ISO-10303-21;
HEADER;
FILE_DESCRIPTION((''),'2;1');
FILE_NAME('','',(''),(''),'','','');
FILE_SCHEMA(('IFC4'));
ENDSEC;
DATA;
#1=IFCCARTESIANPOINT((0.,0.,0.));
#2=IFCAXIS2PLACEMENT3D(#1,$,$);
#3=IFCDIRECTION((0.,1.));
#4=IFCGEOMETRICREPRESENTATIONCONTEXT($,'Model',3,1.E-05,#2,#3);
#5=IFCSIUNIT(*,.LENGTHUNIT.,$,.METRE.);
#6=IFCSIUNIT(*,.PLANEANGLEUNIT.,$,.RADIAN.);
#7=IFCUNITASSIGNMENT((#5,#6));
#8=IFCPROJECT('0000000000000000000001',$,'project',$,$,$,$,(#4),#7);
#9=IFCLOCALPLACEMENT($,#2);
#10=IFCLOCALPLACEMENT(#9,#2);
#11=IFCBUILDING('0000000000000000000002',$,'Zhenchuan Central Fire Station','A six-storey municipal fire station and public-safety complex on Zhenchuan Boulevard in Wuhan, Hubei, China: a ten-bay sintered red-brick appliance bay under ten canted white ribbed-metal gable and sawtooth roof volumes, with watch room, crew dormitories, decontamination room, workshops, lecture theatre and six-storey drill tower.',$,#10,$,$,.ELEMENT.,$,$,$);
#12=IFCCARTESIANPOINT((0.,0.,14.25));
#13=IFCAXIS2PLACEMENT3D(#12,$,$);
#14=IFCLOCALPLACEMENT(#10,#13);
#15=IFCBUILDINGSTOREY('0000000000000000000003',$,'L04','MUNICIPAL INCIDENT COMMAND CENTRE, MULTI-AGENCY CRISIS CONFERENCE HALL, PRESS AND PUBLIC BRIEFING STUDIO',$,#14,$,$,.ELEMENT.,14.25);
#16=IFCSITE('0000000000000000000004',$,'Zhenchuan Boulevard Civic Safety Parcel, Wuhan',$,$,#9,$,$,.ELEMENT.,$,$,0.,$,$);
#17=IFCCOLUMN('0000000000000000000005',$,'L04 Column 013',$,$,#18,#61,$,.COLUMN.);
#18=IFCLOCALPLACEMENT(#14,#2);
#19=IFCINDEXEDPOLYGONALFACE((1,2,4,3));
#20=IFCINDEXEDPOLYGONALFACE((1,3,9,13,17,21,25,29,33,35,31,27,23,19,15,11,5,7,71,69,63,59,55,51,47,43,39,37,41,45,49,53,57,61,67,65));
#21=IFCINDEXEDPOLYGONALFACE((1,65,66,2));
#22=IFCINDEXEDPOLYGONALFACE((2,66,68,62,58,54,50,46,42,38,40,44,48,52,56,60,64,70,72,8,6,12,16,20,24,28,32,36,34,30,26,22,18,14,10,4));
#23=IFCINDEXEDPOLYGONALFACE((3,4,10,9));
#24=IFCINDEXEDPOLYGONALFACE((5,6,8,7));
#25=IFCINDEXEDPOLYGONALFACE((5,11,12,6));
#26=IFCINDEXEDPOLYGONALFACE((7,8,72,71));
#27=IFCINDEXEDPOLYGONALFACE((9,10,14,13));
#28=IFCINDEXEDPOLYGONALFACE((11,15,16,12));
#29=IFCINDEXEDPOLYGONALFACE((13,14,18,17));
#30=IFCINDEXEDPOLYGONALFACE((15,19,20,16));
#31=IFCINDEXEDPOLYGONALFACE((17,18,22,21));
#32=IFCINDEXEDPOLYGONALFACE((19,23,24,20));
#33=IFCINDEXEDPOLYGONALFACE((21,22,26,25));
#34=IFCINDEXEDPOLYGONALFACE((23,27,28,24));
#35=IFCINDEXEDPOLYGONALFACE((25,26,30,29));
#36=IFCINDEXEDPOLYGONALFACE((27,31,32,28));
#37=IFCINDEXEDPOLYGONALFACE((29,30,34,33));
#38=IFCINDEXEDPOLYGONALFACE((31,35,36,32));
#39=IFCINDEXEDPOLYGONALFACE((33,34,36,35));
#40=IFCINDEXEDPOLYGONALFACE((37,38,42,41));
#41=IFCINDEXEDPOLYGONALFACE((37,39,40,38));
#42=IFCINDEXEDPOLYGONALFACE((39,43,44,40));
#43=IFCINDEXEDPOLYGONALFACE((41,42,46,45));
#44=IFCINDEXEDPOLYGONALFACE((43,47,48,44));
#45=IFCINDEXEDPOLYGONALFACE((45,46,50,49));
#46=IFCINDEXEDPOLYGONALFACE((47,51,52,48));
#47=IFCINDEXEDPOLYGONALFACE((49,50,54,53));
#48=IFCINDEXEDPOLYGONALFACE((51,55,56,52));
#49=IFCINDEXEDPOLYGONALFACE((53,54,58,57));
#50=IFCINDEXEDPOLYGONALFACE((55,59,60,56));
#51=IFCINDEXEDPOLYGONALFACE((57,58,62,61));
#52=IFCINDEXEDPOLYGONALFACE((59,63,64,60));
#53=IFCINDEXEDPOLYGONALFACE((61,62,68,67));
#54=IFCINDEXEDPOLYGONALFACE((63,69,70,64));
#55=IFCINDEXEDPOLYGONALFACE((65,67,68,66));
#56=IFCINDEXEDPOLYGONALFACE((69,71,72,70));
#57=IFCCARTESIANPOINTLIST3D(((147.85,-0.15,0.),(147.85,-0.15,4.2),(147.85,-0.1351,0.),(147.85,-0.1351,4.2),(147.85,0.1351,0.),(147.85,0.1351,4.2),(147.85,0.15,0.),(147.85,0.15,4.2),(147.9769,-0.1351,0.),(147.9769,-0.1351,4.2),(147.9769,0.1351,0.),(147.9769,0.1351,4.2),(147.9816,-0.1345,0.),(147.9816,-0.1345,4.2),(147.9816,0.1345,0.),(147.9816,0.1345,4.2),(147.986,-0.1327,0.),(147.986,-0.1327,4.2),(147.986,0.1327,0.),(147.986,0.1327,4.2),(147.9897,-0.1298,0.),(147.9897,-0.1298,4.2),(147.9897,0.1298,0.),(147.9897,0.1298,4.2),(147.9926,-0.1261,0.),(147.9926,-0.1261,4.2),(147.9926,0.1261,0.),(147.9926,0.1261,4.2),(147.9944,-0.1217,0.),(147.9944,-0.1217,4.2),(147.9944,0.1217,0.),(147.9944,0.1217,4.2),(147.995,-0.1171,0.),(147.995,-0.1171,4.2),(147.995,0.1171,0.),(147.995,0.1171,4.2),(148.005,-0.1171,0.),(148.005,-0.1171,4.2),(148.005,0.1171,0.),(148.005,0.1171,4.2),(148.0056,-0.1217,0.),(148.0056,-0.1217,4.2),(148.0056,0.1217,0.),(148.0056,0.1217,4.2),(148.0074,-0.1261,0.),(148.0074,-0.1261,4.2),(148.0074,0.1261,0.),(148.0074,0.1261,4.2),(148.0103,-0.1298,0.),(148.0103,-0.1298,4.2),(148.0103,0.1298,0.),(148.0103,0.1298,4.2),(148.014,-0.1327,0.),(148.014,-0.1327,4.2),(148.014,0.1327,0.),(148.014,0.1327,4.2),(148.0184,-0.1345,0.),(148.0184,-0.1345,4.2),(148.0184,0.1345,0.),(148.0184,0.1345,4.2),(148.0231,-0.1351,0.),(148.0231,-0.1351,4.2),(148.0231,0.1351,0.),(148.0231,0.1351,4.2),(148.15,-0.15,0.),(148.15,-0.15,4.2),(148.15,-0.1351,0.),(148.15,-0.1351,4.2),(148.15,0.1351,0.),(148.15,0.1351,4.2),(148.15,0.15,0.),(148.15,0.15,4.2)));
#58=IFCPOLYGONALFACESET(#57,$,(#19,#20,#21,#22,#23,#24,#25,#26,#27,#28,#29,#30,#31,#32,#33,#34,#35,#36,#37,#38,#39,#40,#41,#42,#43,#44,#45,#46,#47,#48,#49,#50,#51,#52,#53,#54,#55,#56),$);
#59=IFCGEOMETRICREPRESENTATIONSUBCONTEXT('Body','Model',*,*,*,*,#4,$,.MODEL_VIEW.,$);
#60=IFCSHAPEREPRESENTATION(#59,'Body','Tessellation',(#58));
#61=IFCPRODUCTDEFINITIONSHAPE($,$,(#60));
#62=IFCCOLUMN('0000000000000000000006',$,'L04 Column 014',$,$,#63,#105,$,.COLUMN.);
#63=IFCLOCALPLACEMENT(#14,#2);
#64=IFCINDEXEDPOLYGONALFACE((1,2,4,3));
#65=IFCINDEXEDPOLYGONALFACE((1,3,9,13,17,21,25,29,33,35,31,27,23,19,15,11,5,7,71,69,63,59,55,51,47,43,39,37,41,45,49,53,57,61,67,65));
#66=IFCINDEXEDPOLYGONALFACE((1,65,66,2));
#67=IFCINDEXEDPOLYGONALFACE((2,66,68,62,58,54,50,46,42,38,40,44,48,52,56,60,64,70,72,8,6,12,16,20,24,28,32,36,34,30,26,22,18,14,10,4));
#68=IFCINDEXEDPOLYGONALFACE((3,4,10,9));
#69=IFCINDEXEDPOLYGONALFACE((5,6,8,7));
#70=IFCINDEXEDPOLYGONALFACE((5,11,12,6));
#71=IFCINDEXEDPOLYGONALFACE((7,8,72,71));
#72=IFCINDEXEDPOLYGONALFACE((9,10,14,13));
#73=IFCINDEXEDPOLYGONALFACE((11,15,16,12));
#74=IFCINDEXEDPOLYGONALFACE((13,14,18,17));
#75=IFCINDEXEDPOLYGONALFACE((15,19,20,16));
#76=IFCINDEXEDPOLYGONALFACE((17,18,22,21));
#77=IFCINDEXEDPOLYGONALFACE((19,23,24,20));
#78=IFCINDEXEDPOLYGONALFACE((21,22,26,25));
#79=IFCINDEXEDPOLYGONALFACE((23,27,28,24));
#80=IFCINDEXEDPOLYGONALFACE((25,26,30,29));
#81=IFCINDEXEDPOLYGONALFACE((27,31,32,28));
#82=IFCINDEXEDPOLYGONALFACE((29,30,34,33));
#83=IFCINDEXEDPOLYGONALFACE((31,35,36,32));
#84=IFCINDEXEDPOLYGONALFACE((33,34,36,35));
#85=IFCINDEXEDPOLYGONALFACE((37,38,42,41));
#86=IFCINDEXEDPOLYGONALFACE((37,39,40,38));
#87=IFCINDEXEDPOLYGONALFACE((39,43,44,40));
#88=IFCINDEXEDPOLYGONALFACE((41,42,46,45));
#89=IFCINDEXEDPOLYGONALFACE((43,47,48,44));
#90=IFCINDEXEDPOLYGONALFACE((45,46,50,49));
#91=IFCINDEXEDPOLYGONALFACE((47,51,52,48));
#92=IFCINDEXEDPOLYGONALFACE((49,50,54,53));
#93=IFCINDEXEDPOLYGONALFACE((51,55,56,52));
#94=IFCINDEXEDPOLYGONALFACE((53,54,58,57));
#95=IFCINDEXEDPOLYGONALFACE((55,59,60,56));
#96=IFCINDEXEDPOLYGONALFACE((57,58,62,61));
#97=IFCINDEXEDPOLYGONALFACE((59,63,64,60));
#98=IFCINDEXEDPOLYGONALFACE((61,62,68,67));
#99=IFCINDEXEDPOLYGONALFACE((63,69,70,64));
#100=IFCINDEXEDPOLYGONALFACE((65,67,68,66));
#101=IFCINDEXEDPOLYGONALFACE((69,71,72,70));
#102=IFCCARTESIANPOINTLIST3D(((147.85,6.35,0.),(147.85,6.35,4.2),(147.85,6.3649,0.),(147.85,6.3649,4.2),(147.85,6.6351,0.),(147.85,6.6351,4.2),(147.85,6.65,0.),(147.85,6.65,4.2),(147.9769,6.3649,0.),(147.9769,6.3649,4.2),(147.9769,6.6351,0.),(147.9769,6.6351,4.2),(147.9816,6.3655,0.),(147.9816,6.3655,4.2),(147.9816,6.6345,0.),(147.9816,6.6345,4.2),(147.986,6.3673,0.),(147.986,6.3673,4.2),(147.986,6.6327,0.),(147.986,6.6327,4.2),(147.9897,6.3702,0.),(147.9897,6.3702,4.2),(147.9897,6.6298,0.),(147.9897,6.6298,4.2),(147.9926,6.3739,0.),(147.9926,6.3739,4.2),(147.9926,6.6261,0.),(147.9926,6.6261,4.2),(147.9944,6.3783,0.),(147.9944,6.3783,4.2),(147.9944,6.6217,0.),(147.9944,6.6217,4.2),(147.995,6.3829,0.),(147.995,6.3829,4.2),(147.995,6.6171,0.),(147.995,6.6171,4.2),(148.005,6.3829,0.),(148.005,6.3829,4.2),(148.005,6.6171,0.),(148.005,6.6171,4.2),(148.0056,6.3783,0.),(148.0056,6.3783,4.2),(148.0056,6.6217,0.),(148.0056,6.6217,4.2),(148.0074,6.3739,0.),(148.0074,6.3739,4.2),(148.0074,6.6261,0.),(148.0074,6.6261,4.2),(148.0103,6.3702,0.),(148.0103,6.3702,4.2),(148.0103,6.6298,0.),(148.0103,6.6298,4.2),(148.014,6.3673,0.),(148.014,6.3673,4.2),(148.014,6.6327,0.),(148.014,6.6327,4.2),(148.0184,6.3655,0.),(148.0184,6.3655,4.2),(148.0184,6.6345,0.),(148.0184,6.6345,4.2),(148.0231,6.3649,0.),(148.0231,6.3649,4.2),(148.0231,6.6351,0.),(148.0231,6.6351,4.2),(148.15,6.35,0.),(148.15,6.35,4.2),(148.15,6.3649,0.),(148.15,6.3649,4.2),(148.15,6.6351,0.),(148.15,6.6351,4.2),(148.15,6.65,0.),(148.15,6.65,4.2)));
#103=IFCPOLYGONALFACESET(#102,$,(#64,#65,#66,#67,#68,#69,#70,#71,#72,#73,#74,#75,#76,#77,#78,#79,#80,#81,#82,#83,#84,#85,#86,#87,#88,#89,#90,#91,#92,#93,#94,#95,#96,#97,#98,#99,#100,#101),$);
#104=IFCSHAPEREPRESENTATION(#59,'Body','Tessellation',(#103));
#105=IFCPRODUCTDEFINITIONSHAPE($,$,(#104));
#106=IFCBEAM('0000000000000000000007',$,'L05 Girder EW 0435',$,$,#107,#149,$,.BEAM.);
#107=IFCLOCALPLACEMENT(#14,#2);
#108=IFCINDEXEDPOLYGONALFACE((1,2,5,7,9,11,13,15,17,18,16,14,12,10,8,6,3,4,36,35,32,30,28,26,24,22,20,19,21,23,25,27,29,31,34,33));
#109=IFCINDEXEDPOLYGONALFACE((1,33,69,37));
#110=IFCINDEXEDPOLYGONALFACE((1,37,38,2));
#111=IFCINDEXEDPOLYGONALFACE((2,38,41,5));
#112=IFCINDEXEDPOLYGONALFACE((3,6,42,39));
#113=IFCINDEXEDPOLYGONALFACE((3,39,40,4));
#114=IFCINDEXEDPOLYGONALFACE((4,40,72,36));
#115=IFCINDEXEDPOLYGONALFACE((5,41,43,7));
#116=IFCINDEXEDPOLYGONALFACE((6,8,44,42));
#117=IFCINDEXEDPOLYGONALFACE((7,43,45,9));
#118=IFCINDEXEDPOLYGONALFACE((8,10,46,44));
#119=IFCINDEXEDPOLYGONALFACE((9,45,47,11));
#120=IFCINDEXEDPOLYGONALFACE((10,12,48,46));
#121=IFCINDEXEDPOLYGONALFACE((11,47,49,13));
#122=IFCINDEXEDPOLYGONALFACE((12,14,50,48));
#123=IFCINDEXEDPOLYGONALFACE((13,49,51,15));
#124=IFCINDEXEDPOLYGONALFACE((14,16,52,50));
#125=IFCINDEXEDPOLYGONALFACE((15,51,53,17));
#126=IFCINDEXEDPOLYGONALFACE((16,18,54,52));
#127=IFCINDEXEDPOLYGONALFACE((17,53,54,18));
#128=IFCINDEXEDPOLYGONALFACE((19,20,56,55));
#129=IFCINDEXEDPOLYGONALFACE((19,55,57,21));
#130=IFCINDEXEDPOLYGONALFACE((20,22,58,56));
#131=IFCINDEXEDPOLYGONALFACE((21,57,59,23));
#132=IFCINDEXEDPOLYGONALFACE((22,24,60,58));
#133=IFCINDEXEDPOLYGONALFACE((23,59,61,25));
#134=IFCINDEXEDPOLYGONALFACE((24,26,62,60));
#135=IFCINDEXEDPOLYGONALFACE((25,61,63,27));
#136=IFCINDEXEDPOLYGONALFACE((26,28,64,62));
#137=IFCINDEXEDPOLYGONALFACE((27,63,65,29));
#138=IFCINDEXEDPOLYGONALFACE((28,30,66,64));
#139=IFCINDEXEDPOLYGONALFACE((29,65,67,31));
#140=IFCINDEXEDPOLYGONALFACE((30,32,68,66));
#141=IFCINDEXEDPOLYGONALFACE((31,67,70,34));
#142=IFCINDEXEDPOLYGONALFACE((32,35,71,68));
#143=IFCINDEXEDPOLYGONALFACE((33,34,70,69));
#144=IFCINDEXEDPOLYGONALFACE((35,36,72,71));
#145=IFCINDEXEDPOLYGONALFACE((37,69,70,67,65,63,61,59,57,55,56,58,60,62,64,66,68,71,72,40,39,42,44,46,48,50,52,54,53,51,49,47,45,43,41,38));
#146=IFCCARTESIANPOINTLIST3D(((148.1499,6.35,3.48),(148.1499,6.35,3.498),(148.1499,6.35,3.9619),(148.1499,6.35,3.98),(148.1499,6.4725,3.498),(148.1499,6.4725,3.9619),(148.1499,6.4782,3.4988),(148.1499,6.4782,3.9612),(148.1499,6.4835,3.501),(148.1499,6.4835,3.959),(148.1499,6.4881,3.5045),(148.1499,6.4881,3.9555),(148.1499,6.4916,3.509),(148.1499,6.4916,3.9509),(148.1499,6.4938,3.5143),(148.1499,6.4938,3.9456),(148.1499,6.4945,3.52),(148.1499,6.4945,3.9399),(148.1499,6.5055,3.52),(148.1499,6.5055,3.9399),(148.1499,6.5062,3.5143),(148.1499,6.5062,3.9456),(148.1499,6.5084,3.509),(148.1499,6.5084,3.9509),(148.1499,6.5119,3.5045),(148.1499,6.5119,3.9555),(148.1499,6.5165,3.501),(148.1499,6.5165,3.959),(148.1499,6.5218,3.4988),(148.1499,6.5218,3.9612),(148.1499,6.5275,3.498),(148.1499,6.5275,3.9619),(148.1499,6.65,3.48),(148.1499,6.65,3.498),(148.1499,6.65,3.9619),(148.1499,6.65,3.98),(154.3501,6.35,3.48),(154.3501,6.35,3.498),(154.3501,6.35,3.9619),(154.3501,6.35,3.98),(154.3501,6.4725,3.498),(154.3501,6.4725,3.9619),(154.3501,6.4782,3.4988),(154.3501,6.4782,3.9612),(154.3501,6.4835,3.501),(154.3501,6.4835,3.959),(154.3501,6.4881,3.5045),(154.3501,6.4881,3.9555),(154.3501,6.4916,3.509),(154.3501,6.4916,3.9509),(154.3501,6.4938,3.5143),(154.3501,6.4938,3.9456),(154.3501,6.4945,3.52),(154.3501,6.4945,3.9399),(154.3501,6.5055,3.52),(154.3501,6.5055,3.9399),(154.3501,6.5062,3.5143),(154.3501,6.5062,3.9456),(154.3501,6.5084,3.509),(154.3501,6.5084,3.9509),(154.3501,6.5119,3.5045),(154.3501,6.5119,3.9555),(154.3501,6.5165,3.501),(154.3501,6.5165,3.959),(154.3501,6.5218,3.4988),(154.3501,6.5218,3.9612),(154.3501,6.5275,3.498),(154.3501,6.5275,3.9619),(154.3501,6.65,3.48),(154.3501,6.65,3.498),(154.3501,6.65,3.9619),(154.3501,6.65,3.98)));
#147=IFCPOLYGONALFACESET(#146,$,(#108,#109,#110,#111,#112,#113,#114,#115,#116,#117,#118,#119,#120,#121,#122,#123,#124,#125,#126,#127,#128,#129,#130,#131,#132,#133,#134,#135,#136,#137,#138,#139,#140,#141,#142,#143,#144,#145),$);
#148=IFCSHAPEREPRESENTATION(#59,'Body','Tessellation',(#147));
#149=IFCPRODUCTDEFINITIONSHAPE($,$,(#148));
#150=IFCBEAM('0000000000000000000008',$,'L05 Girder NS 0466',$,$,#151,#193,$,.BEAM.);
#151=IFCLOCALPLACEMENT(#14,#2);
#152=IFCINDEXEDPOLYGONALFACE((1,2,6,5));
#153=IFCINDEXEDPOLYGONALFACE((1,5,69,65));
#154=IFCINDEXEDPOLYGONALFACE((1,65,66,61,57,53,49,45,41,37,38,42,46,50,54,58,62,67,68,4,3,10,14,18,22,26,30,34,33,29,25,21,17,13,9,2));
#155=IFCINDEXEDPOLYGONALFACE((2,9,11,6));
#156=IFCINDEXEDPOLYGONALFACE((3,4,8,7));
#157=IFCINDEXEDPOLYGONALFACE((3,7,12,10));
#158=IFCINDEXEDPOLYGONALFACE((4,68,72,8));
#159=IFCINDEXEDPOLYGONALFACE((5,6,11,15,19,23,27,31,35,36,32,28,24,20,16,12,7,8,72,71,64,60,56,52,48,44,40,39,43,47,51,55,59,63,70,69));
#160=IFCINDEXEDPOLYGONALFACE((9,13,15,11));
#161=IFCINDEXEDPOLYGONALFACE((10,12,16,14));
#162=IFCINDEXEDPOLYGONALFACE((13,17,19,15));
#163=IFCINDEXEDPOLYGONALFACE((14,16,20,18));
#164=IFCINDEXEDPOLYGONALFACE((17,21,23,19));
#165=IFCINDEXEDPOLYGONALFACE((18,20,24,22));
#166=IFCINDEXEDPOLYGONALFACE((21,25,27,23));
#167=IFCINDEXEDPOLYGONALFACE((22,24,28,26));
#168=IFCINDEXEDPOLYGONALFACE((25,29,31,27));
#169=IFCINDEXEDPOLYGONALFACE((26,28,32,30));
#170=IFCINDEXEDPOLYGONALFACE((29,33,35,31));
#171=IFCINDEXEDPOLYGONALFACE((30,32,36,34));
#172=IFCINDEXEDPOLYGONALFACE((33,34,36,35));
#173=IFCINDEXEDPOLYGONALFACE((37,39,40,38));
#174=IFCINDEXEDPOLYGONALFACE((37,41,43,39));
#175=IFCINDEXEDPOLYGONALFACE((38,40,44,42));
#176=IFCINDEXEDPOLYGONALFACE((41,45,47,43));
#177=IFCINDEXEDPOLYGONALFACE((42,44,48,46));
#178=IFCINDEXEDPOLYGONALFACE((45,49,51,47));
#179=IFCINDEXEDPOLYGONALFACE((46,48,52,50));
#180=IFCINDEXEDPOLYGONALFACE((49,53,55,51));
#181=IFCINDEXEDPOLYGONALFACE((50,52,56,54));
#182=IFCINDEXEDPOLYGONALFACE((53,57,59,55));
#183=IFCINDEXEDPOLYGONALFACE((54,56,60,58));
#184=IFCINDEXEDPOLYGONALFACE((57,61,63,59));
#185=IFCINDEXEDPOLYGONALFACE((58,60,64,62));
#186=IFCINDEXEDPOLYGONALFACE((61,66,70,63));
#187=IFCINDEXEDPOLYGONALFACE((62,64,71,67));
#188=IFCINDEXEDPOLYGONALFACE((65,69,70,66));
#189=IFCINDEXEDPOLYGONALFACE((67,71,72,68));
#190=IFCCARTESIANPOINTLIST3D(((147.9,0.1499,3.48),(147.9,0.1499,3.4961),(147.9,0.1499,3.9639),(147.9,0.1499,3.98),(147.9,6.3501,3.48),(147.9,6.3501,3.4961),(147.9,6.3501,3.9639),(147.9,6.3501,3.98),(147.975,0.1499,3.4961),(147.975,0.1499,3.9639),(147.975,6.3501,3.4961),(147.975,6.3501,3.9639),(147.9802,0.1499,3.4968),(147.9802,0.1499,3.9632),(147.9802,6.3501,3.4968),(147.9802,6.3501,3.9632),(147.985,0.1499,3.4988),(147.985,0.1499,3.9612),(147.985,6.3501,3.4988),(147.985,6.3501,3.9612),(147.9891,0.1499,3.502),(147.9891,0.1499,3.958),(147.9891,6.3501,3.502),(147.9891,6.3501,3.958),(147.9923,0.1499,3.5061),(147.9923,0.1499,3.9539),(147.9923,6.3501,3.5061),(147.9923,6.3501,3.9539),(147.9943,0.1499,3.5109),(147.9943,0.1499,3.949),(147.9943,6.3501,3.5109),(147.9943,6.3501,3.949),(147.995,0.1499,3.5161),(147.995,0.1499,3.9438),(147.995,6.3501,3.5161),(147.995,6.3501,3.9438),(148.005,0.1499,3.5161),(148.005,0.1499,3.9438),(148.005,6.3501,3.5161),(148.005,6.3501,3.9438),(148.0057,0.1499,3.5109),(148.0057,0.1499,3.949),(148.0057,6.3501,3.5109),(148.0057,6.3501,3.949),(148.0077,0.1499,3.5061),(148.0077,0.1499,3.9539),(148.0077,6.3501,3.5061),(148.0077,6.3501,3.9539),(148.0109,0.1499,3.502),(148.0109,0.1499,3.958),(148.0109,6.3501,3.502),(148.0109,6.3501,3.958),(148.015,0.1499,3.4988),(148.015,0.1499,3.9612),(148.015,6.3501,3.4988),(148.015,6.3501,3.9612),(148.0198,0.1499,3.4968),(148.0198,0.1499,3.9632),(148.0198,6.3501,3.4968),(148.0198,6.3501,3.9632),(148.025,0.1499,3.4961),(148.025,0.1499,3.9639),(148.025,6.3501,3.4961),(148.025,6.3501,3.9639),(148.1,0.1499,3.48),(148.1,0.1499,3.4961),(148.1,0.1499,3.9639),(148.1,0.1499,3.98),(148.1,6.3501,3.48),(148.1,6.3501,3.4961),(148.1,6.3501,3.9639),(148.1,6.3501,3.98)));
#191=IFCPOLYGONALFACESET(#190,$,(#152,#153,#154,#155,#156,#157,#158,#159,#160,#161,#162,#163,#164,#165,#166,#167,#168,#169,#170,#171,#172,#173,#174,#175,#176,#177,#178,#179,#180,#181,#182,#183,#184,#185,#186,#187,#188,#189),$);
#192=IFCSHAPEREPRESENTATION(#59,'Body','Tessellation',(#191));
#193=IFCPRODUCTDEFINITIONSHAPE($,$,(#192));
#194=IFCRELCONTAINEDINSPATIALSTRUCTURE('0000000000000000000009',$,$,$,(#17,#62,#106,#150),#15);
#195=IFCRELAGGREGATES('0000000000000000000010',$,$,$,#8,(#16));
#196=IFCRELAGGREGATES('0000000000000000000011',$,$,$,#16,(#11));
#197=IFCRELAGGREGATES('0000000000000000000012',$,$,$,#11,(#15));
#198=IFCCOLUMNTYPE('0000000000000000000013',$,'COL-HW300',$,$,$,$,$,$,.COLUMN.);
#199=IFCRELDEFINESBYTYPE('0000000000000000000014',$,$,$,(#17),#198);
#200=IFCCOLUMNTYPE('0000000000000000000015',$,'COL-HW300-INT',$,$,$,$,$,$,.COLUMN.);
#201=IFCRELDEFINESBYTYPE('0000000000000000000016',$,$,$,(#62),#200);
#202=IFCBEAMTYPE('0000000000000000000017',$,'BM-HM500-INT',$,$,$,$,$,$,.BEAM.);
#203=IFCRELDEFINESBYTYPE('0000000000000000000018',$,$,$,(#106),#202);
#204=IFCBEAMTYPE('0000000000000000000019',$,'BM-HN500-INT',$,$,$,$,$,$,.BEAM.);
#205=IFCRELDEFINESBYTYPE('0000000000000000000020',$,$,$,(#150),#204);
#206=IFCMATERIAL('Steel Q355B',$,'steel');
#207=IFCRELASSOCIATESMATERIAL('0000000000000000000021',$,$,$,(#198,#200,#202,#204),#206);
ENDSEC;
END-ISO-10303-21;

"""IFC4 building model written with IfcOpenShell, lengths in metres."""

from ifc_helpers import new_model, si_unit, direction, frame, origin, origin_2d, place, context, subcontext, project, spatial, i_section, extrude, material, material_profile, profile_set, type_object, element, save


model = new_model("IFC4")

# Units and contexts
model_context = context("Model", 3, precision=1e-05, world=origin(), true_north=direction((0.0, 1.0)))
body_context = subcontext(model_context, "Body", "Model", "MODEL_VIEW")
ifc_project = project(units=[si_unit("LENGTHUNIT", "METRE"), si_unit("PLANEANGLEUNIT", "RADIAN")], contexts=[model_context])

# Site, building, storey
site_placement = place(None, origin())
site = spatial("IfcSite", under=ifc_project, at=site_placement, Name="Zhenchuan Boulevard Civic Safety Parcel, Wuhan", CompositionType="ELEMENT", RefElevation=0.0)
building_placement = place(site_placement, origin())
building = spatial("IfcBuilding", under=site, at=building_placement, Name="Zhenchuan Central Fire Station", Description="A six-storey municipal fire station and public-safety complex on Zhenchuan Boulevard in Wuhan, Hubei, China: a ten-bay sintered red-brick appliance bay under ten canted white ribbed-metal gable and sawtooth roof volumes, with watch room, crew dormitories, decontamination room, workshops, lecture theatre and six-storey drill tower.", CompositionType="ELEMENT")
storey_placement = place(building_placement, frame((0.0, 0.0, 14.25)))
storey = spatial("IfcBuildingStorey", under=building, at=storey_placement, Name="L04", Description="MUNICIPAL INCIDENT COMMAND CENTRE, MULTI-AGENCY CRISIS CONFERENCE HALL, PRESS AND PUBLIC BRIEFING STUDIO", CompositionType="ELEMENT", Elevation=14.25)

# Columns
ifc_material_1 = material(Name="Steel Q355B", Category="steel")
ifc_material_profile_1 = material_profile(ifc_material_1, i_section(OverallWidth=0.3, OverallDepth=0.3, WebThickness=0.01, FlangeThickness=0.0149, FilletRadius=0.0181, at=origin_2d()), Name="HW 300x300")
ifc_profile_set_1 = profile_set([ifc_material_profile_1], Name="Steel Q355B")
column_type_1 = type_object("IfcColumnType", Name="COL-HW300", PredefinedType="COLUMN", material=ifc_profile_set_1)
column_1_placement = place(storey_placement, frame((148.0, 0.0, 0.0), z_axis=(0.0, 0.0, 1.0), x_axis=(1.0, 0.0, 0.0)))
element("IfcColumn", 1, at=column_1_placement, inside=storey, type_object=column_type_1, Name="L04 Column 013", PredefinedType="COLUMN", context=body_context, shape_type="SweptSolid", body=[
    extrude(i_section(OverallWidth=0.3, OverallDepth=0.3, WebThickness=0.01, FlangeThickness=0.0149, FilletRadius=0.0181, at=origin_2d()), origin(), (0.0, 0.0, 1.0), 4.2),
])
ifc_material_profile_2 = material_profile(ifc_material_1, i_section(OverallWidth=0.3, OverallDepth=0.3, WebThickness=0.01, FlangeThickness=0.0149, FilletRadius=0.0181, at=origin_2d()), Name="HW 300x300")
ifc_profile_set_2 = profile_set([ifc_material_profile_2], Name="Steel Q355B")
column_type_2 = type_object("IfcColumnType", Name="COL-HW300-INT", PredefinedType="COLUMN", material=ifc_profile_set_2)
column_2_placement = place(storey_placement, frame((148.0, 6.5, 0.0), z_axis=(0.0, 0.0, 1.0), x_axis=(1.0, 0.0, 0.0)))
element("IfcColumn", 2, at=column_2_placement, inside=storey, type_object=column_type_2, Name="L04 Column 014", PredefinedType="COLUMN", context=body_context, shape_type="SweptSolid", body=[
    extrude(i_section(OverallWidth=0.3, OverallDepth=0.3, WebThickness=0.01, FlangeThickness=0.0149, FilletRadius=0.0181, at=origin_2d()), origin(), (0.0, 0.0, 1.0), 4.2),
])

# Beams
ifc_material_profile_3 = material_profile(ifc_material_1, i_section(OverallWidth=0.3, OverallDepth=0.5, WebThickness=0.011, FlangeThickness=0.0181, FilletRadius=0.022, at=origin_2d()), Name="HM 500x300")
ifc_profile_set_3 = profile_set([ifc_material_profile_3], Name="Steel Q355B")
beam_type_1 = type_object("IfcBeamType", Name="BM-HM500-INT", PredefinedType="BEAM", material=ifc_profile_set_3)
beam_1_placement = place(storey_placement, frame((148.1499, 6.5, 3.73), z_axis=(1.0, 0.0, 0.0), x_axis=(0.0, 1.0, 0.0)))
element("IfcBeam", 3, at=beam_1_placement, inside=storey, type_object=beam_type_1, Name="L05 Girder EW 0435", PredefinedType="BEAM", context=body_context, shape_type="SweptSolid", body=[
    extrude(i_section(OverallWidth=0.3, OverallDepth=0.5, WebThickness=0.011, FlangeThickness=0.0181, FilletRadius=0.022, at=origin_2d()), origin(), (0.0, 0.0, 1.0), 6.2002),
])
ifc_material_profile_4 = material_profile(ifc_material_1, i_section(OverallWidth=0.2, OverallDepth=0.5, WebThickness=0.01, FlangeThickness=0.0161, FilletRadius=0.02, at=origin_2d()), Name="HN 500x200")
ifc_profile_set_4 = profile_set([ifc_material_profile_4], Name="Steel Q355B")
beam_type_2 = type_object("IfcBeamType", Name="BM-HN500-INT", PredefinedType="BEAM", material=ifc_profile_set_4)
beam_2_placement = place(storey_placement, frame((148.0, 0.1499, 3.73), z_axis=(0.0, 1.0, 0.0), x_axis=(-1.0, 0.0, 0.0)))
element("IfcBeam", 4, at=beam_2_placement, inside=storey, type_object=beam_type_2, Name="L05 Girder NS 0466", PredefinedType="BEAM", context=body_context, shape_type="SweptSolid", body=[
    extrude(i_section(OverallWidth=0.2, OverallDepth=0.5, WebThickness=0.01, FlangeThickness=0.0161, FilletRadius=0.02, at=origin_2d()), origin(), (0.0, 0.0, 1.0), 6.2002),
])

save(model, "model.ifc")
